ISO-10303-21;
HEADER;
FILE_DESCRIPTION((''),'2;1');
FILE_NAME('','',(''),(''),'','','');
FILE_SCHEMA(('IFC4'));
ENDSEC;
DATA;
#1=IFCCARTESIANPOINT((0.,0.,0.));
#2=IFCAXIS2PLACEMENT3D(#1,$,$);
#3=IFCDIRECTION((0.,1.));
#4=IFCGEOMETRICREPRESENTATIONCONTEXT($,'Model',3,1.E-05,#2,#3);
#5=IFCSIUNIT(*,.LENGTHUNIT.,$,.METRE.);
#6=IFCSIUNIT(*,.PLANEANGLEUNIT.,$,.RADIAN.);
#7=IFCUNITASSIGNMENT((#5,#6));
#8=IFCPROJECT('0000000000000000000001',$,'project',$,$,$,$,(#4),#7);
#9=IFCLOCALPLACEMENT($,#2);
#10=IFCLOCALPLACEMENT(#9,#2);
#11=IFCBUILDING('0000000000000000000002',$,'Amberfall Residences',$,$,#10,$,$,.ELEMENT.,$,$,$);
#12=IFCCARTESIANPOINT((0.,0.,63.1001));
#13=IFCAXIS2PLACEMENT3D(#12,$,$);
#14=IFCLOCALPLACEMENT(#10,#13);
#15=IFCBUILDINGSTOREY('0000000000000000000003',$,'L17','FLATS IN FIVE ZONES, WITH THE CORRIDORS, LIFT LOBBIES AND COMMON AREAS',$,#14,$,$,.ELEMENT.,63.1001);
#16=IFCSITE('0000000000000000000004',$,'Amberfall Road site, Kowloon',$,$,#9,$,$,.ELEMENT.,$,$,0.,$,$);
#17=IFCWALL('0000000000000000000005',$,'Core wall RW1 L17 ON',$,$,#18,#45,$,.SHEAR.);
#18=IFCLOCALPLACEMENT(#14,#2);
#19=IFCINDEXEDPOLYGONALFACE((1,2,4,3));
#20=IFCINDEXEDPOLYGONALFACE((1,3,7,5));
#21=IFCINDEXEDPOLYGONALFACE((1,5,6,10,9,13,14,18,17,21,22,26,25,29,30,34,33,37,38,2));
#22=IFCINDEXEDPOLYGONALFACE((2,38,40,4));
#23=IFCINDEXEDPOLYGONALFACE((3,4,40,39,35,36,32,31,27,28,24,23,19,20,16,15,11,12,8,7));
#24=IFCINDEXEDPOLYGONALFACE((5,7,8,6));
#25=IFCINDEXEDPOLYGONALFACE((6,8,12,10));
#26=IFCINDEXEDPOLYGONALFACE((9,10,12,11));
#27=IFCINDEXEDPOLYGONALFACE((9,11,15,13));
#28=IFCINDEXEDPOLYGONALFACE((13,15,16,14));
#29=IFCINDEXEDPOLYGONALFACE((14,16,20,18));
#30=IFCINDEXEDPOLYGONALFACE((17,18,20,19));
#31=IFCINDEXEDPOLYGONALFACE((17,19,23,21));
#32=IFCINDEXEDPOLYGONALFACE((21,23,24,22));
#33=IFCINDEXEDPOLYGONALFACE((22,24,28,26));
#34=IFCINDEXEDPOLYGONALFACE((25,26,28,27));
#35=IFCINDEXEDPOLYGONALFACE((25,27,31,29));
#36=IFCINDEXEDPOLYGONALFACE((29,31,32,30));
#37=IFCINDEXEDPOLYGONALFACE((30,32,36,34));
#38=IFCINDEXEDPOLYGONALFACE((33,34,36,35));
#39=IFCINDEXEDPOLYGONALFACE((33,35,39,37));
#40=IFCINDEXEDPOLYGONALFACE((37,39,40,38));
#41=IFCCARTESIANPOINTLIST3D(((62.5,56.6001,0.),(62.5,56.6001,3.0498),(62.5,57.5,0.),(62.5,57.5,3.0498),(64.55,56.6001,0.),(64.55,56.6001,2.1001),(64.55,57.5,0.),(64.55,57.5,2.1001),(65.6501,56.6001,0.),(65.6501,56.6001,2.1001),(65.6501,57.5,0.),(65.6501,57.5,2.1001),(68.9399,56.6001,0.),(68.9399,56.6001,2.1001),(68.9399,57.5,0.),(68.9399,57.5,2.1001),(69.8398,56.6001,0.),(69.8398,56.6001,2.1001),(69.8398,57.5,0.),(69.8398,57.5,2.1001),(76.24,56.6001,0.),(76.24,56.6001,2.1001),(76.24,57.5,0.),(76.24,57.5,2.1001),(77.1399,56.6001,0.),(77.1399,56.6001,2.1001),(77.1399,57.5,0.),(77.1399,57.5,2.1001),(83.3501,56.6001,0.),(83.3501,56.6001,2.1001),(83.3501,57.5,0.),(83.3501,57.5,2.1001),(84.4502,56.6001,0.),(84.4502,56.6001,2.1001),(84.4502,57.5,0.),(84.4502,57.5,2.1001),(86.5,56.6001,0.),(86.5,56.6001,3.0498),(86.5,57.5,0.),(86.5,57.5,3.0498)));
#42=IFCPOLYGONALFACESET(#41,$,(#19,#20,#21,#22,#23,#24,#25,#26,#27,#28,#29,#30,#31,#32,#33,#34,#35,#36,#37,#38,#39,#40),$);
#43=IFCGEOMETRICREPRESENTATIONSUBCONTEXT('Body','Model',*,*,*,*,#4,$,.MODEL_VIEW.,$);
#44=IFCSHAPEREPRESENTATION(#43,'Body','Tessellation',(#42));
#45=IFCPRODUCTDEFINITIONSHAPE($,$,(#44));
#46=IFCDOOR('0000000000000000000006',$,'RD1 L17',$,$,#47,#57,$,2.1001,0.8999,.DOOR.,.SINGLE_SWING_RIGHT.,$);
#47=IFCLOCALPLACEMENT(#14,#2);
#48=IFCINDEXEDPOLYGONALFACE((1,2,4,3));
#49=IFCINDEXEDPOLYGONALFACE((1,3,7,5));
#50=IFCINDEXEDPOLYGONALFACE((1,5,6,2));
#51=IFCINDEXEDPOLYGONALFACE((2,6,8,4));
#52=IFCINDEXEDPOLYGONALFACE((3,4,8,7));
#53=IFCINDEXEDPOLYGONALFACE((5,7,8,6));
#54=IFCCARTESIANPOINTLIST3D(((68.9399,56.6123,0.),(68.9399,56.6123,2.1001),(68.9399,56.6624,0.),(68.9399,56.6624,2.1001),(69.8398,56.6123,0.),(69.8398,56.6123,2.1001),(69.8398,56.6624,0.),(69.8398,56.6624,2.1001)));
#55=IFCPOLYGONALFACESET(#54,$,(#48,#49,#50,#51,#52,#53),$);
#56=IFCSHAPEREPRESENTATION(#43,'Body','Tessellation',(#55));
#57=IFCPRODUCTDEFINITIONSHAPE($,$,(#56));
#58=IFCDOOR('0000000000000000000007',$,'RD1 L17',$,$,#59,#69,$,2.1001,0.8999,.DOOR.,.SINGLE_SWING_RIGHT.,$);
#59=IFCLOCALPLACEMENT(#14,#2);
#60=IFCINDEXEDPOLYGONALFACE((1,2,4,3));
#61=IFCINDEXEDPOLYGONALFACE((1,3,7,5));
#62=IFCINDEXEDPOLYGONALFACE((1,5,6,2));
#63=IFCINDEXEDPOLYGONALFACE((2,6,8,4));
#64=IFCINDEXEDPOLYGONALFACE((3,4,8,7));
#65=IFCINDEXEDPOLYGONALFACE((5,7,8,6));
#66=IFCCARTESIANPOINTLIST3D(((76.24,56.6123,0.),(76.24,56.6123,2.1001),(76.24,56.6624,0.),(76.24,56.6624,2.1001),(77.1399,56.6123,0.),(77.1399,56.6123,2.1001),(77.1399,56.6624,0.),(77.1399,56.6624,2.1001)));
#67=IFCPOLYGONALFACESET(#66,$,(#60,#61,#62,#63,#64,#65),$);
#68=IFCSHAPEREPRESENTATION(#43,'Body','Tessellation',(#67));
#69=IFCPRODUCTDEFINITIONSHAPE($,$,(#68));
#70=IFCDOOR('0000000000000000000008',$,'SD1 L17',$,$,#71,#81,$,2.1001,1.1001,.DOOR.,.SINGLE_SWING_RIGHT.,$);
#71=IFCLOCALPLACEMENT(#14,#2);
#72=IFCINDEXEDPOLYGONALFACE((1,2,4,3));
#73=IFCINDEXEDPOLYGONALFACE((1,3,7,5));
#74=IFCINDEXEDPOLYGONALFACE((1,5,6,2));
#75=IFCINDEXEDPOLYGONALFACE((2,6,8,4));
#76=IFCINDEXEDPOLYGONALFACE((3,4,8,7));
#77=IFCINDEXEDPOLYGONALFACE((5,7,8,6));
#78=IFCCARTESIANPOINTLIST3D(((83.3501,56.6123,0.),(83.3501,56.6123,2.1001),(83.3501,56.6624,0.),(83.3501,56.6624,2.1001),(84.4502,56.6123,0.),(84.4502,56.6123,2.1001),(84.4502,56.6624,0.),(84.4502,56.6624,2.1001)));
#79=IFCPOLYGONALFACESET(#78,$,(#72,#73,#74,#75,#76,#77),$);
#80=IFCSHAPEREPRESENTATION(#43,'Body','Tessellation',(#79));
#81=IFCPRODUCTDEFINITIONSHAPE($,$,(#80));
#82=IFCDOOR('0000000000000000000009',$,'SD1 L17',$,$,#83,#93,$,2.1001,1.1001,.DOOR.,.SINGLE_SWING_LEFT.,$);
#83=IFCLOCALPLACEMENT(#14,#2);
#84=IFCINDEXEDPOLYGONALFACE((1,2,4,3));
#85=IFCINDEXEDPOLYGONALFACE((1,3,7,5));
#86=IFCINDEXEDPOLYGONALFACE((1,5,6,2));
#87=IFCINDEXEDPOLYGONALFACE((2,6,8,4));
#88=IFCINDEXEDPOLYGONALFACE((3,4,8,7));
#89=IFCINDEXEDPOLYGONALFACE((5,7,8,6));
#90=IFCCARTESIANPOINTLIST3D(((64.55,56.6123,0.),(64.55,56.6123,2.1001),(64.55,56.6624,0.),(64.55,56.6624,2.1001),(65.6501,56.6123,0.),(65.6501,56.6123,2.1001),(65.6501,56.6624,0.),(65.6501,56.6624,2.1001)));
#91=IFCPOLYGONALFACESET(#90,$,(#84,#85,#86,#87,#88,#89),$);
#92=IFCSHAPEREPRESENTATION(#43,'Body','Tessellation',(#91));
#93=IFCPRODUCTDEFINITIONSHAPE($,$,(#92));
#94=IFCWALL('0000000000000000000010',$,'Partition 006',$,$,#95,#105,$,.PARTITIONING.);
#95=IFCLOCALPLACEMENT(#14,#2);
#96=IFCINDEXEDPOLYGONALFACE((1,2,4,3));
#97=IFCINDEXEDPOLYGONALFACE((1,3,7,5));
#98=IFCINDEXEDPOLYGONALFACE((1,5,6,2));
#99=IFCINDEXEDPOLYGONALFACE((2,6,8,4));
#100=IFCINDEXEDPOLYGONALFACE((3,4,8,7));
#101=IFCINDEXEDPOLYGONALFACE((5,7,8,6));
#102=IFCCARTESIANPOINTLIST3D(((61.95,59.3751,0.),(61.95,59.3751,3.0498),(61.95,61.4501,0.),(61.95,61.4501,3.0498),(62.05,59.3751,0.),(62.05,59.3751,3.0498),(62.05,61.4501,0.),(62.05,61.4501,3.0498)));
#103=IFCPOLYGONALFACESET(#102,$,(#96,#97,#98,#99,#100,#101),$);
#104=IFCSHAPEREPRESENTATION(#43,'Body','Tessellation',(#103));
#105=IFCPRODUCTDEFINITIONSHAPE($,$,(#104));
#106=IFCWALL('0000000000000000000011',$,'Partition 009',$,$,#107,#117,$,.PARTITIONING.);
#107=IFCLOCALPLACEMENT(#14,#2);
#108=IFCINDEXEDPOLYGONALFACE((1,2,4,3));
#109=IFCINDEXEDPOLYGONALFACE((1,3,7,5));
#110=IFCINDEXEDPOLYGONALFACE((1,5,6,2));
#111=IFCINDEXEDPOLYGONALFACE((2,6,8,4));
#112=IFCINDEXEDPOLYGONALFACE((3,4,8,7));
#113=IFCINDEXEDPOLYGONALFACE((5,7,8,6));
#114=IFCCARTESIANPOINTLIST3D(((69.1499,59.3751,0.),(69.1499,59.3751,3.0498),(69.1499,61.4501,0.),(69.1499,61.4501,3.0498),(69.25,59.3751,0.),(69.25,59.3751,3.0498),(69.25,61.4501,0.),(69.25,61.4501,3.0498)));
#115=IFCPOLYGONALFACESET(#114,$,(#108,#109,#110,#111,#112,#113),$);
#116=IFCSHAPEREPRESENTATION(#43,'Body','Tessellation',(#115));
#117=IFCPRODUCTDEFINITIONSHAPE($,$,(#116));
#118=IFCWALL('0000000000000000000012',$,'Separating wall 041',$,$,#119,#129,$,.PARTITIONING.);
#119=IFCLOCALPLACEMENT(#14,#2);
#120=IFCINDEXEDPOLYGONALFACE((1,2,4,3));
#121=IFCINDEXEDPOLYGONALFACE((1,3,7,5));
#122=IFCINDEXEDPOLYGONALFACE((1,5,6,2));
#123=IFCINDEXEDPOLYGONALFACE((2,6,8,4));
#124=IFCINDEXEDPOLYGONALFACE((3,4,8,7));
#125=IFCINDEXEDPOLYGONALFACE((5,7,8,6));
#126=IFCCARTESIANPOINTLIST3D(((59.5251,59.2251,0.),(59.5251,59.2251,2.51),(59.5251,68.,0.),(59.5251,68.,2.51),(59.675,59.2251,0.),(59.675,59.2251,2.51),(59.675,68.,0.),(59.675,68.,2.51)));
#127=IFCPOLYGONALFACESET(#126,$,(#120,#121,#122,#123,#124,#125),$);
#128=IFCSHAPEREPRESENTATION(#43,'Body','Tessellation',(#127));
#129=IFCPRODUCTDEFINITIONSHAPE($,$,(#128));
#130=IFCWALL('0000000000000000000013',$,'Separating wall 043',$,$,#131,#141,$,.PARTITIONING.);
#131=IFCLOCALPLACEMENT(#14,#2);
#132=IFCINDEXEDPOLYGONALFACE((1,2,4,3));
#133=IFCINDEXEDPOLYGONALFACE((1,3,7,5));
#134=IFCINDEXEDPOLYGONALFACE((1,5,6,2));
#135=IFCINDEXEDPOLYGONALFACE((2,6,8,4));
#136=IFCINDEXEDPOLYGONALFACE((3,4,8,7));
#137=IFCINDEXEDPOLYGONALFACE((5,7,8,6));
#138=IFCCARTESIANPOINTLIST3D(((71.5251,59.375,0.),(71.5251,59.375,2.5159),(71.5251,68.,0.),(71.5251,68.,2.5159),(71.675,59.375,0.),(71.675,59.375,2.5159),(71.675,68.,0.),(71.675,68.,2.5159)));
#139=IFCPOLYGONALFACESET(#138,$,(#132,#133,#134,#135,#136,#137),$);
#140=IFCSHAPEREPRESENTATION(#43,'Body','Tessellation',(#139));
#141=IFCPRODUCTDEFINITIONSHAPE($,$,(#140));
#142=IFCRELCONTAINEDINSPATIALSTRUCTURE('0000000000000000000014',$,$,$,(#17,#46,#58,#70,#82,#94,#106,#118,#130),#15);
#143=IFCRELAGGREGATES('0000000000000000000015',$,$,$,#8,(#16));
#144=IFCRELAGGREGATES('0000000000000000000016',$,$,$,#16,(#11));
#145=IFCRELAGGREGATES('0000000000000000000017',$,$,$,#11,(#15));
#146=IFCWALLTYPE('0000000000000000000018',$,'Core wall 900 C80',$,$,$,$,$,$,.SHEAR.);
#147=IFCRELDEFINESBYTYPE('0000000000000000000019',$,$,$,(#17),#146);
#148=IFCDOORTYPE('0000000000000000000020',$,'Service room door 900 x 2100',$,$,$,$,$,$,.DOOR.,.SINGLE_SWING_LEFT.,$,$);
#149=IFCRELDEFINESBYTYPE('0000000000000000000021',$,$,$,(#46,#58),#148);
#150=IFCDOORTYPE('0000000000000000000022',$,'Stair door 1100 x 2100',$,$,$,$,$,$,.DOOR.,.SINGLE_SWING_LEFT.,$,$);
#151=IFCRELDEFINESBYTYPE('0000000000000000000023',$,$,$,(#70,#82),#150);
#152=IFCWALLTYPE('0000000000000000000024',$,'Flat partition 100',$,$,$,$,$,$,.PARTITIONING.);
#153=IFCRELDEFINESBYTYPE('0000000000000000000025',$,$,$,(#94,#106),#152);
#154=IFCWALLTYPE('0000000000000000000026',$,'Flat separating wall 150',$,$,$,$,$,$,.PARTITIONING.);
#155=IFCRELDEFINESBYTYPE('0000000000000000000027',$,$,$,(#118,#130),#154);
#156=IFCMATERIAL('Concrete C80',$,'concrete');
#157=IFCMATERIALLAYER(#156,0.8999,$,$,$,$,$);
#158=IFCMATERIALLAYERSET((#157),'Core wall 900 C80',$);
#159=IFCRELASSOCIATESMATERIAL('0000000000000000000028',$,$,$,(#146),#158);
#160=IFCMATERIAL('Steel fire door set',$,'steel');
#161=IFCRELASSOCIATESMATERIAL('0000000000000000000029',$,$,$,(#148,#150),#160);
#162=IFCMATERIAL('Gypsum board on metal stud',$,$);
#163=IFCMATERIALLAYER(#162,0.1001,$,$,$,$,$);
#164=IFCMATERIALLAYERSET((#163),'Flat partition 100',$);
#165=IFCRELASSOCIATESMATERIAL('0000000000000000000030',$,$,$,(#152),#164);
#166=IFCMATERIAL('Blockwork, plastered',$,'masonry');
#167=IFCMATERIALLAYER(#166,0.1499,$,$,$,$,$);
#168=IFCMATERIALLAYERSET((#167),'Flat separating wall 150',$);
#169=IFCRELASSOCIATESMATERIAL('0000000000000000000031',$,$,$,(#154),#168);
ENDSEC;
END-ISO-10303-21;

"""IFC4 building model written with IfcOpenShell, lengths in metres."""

from ifc_helpers import new_model, si_unit, direction, frame, frame_2d, origin, place, context, subcontext, project, spatial, rectangle, extrude, material, layer, layer_set, type_object, element, fill, save


model = new_model("IFC4")

# Units and contexts
model_context = context("Model", 3, precision=1e-05, world=origin(), true_north=direction((0.0, 1.0)))
body_context = subcontext(model_context, "Body", "Model", "MODEL_VIEW")
ifc_project = project(units=[si_unit("LENGTHUNIT", "METRE"), si_unit("PLANEANGLEUNIT", "RADIAN")], contexts=[model_context])

# Site, building, storey
site_placement = place(None, origin())
site = spatial("IfcSite", under=ifc_project, at=site_placement, Name="Amberfall Road site, Kowloon", CompositionType="ELEMENT", RefElevation=0.0)
building_placement = place(site_placement, origin())
building = spatial("IfcBuilding", under=site, at=building_placement, Name="Amberfall Residences", CompositionType="ELEMENT")
storey_placement = place(building_placement, frame((0.0, 0.0, 63.1001)))
storey = spatial("IfcBuildingStorey", under=building, at=storey_placement, Name="L17", Description="FLATS IN FIVE ZONES, WITH THE CORRIDORS, LIFT LOBBIES AND COMMON AREAS", CompositionType="ELEMENT", Elevation=63.1001)

# Wall, openings, doors
ifc_material_1 = material(Name="Concrete C80", Category="concrete")
ifc_layer_1 = layer(ifc_material_1, 0.8999)
ifc_layer_set_1 = layer_set([ifc_layer_1], Name="Core wall 900 C80")
wall_type_1 = type_object("IfcWallType", Name="Core wall 900 C80", PredefinedType="SHEAR", material=ifc_layer_set_1)
wall_1_placement = place(storey_placement, frame((62.5, 57.05, 0.0), z_axis=(0.0, 0.0, 1.0), x_axis=(1.0, 0.0, 0.0)))
wall_1 = element("IfcWall", 1, at=wall_1_placement, inside=storey, type_object=wall_type_1, Name="Core wall RW1 L17 ON", PredefinedType="SHEAR", context=body_context, shape_type="SweptSolid", body=[
    extrude(rectangle(XDim=24.0, YDim=0.8999, at=frame_2d((12.0, 0.0))), origin(), (0.0, 0.0, 1.0), 3.0498),
])
opening_1_placement = place(wall_1_placement, frame((20.8501, 0.0, 0.0)))
opening_1 = element("IfcOpeningElement", 2, at=opening_1_placement, cuts=wall_1, PredefinedType="OPENING", context=body_context, shape_type="SweptSolid", body=[
    extrude(rectangle(XDim=1.1001, YDim=2.1001, at=frame_2d((0.55, 1.05))), frame((0.0, 0.46, 0.0), z_axis=(0.0, -1.0, 0.0), x_axis=(1.0, 0.0, 0.0)), (0.0, 0.0, 1.0), 0.9199),
])
opening_2_placement = place(wall_1_placement, frame((2.05, 0.0, 0.0)))
opening_2 = element("IfcOpeningElement", 3, at=opening_2_placement, cuts=wall_1, PredefinedType="OPENING", context=body_context, shape_type="SweptSolid", body=[
    extrude(rectangle(XDim=1.1001, YDim=2.1001, at=frame_2d((0.55, 1.05))), frame((0.0, 0.46, 0.0), z_axis=(0.0, -1.0, 0.0), x_axis=(1.0, 0.0, 0.0)), (0.0, 0.0, 1.0), 0.9199),
])
opening_3_placement = place(wall_1_placement, frame((6.4399, 0.0, 0.0)))
opening_3 = element("IfcOpeningElement", 4, at=opening_3_placement, cuts=wall_1, PredefinedType="OPENING", context=body_context, shape_type="SweptSolid", body=[
    extrude(rectangle(XDim=0.8999, YDim=2.1001, at=frame_2d((0.45, 1.05))), frame((0.0, 0.46, 0.0), z_axis=(0.0, -1.0, 0.0), x_axis=(1.0, 0.0, 0.0)), (0.0, 0.0, 1.0), 0.9199),
])
opening_4_placement = place(wall_1_placement, frame((13.74, 0.0, 0.0)))
opening_4 = element("IfcOpeningElement", 5, at=opening_4_placement, cuts=wall_1, PredefinedType="OPENING", context=body_context, shape_type="SweptSolid", body=[
    extrude(rectangle(XDim=0.8999, YDim=2.1001, at=frame_2d((0.45, 1.05))), frame((0.0, 0.46, 0.0), z_axis=(0.0, -1.0, 0.0), x_axis=(1.0, 0.0, 0.0)), (0.0, 0.0, 1.0), 0.9199),
])
ifc_material_2 = material(Name="Steel fire door set", Category="steel")
door_type_1 = type_object("IfcDoorType", Name="Service room door 900 x 2100", OperationType="SINGLE_SWING_LEFT", PredefinedType="DOOR", material=ifc_material_2)
door_1_placement = place(opening_3_placement, origin())
door_1 = element("IfcDoor", 6, at=door_1_placement, inside=storey, type_object=door_type_1, Name="RD1 L17", OperationType="SINGLE_SWING_RIGHT", OverallHeight=2.1001, OverallWidth=0.8999, PredefinedType="DOOR", context=body_context, shape_type="SweptSolid", body=[
    extrude(rectangle(XDim=0.8999, YDim=2.1001, at=frame_2d((0.45, 1.05))), frame((0.0, -0.3877, 0.0), z_axis=(0.0, -1.0, 0.0), x_axis=(1.0, 0.0, 0.0)), (0.0, 0.0, 1.0), 0.05),
])
fill(opening_3, door_1)
door_2_placement = place(opening_4_placement, origin())
door_2 = element("IfcDoor", 7, at=door_2_placement, inside=storey, type_object=door_type_1, Name="RD1 L17", OperationType="SINGLE_SWING_RIGHT", OverallHeight=2.1001, OverallWidth=0.8999, PredefinedType="DOOR", context=body_context, shape_type="SweptSolid", body=[
    extrude(rectangle(XDim=0.8999, YDim=2.1001, at=frame_2d((0.45, 1.05))), frame((0.0, -0.3877, 0.0), z_axis=(0.0, -1.0, 0.0), x_axis=(1.0, 0.0, 0.0)), (0.0, 0.0, 1.0), 0.05),
])
fill(opening_4, door_2)
door_type_2 = type_object("IfcDoorType", Name="Stair door 1100 x 2100", OperationType="SINGLE_SWING_LEFT", PredefinedType="DOOR", material=ifc_material_2)
door_3_placement = place(opening_1_placement, origin())
door_3 = element("IfcDoor", 8, at=door_3_placement, inside=storey, type_object=door_type_2, Name="SD1 L17", OperationType="SINGLE_SWING_RIGHT", OverallHeight=2.1001, OverallWidth=1.1001, PredefinedType="DOOR", context=body_context, shape_type="SweptSolid", body=[
    extrude(rectangle(XDim=1.1001, YDim=2.1001, at=frame_2d((0.55, 1.05))), frame((0.0, -0.3877, 0.0), z_axis=(0.0, -1.0, 0.0), x_axis=(1.0, 0.0, 0.0)), (0.0, 0.0, 1.0), 0.05),
])
fill(opening_1, door_3)
door_4_placement = place(opening_2_placement, origin())
door_4 = element("IfcDoor", 9, at=door_4_placement, inside=storey, type_object=door_type_2, Name="SD1 L17", OperationType="SINGLE_SWING_LEFT", OverallHeight=2.1001, OverallWidth=1.1001, PredefinedType="DOOR", context=body_context, shape_type="SweptSolid", body=[
    extrude(rectangle(XDim=1.1001, YDim=2.1001, at=frame_2d((0.55, 1.05))), frame((0.0, -0.3877, 0.0), z_axis=(0.0, -1.0, 0.0), x_axis=(1.0, 0.0, 0.0)), (0.0, 0.0, 1.0), 0.05),
])
fill(opening_2, door_4)

# Walls
ifc_material_3 = material(Name="Gypsum board on metal stud")
ifc_layer_2 = layer(ifc_material_3, 0.1001)
ifc_layer_set_2 = layer_set([ifc_layer_2], Name="Flat partition 100")
wall_type_2 = type_object("IfcWallType", Name="Flat partition 100", PredefinedType="PARTITIONING", material=ifc_layer_set_2)
for number, where, z_axis, x_axis, name in (
    (10, (62.0, 59.375, 0.0), (0.0, 0.0, 1.0), (0.0, 1.0, 0.0), "Partition 006"),
    (11, (69.2, 59.375, 0.0), (0.0, 0.0, 1.0), (0.0, 1.0, 0.0), "Partition 009"),
):
    element("IfcWall", number, at=place(storey_placement, frame(where, z_axis=z_axis, x_axis=x_axis)), inside=storey, type_object=wall_type_2, Name=name, PredefinedType="PARTITIONING", context=body_context, shape_type="SweptSolid", body=[
        extrude(rectangle(XDim=2.075, YDim=0.1001, at=frame_2d((1.0376, 0.0))), origin(), (0.0, 0.0, 1.0), 3.0498),
    ])
ifc_material_4 = material(Name="Blockwork, plastered", Category="masonry")
ifc_layer_3 = layer(ifc_material_4, 0.1499)
ifc_layer_set_3 = layer_set([ifc_layer_3], Name="Flat separating wall 150")
wall_type_3 = type_object("IfcWallType", Name="Flat separating wall 150", PredefinedType="PARTITIONING", material=ifc_layer_set_3)
wall_2_placement = place(storey_placement, frame((59.6001, 59.2251, 0.0), z_axis=(0.0, 0.0, 1.0), x_axis=(0.0, 1.0, 0.0)))
element("IfcWall", 12, at=wall_2_placement, inside=storey, type_object=wall_type_3, Name="Separating wall 041", PredefinedType="PARTITIONING", context=body_context, shape_type="SweptSolid", body=[
    extrude(rectangle(XDim=8.7749, YDim=0.1499, at=frame_2d((4.3875, 0.0))), origin(), (0.0, 0.0, 1.0), 2.51),
])
wall_3_placement = place(storey_placement, frame((71.6001, 59.375, 0.0), z_axis=(0.0, 0.0, 1.0), x_axis=(0.0, 1.0, 0.0)))
element("IfcWall", 13, at=wall_3_placement, inside=storey, type_object=wall_type_3, Name="Separating wall 043", PredefinedType="PARTITIONING", context=body_context, shape_type="SweptSolid", body=[
    extrude(rectangle(XDim=8.625, YDim=0.1499, at=frame_2d((4.3125, 0.0))), origin(), (0.0, 0.0, 1.0), 2.5159),
])

save(model, "model.ifc")
